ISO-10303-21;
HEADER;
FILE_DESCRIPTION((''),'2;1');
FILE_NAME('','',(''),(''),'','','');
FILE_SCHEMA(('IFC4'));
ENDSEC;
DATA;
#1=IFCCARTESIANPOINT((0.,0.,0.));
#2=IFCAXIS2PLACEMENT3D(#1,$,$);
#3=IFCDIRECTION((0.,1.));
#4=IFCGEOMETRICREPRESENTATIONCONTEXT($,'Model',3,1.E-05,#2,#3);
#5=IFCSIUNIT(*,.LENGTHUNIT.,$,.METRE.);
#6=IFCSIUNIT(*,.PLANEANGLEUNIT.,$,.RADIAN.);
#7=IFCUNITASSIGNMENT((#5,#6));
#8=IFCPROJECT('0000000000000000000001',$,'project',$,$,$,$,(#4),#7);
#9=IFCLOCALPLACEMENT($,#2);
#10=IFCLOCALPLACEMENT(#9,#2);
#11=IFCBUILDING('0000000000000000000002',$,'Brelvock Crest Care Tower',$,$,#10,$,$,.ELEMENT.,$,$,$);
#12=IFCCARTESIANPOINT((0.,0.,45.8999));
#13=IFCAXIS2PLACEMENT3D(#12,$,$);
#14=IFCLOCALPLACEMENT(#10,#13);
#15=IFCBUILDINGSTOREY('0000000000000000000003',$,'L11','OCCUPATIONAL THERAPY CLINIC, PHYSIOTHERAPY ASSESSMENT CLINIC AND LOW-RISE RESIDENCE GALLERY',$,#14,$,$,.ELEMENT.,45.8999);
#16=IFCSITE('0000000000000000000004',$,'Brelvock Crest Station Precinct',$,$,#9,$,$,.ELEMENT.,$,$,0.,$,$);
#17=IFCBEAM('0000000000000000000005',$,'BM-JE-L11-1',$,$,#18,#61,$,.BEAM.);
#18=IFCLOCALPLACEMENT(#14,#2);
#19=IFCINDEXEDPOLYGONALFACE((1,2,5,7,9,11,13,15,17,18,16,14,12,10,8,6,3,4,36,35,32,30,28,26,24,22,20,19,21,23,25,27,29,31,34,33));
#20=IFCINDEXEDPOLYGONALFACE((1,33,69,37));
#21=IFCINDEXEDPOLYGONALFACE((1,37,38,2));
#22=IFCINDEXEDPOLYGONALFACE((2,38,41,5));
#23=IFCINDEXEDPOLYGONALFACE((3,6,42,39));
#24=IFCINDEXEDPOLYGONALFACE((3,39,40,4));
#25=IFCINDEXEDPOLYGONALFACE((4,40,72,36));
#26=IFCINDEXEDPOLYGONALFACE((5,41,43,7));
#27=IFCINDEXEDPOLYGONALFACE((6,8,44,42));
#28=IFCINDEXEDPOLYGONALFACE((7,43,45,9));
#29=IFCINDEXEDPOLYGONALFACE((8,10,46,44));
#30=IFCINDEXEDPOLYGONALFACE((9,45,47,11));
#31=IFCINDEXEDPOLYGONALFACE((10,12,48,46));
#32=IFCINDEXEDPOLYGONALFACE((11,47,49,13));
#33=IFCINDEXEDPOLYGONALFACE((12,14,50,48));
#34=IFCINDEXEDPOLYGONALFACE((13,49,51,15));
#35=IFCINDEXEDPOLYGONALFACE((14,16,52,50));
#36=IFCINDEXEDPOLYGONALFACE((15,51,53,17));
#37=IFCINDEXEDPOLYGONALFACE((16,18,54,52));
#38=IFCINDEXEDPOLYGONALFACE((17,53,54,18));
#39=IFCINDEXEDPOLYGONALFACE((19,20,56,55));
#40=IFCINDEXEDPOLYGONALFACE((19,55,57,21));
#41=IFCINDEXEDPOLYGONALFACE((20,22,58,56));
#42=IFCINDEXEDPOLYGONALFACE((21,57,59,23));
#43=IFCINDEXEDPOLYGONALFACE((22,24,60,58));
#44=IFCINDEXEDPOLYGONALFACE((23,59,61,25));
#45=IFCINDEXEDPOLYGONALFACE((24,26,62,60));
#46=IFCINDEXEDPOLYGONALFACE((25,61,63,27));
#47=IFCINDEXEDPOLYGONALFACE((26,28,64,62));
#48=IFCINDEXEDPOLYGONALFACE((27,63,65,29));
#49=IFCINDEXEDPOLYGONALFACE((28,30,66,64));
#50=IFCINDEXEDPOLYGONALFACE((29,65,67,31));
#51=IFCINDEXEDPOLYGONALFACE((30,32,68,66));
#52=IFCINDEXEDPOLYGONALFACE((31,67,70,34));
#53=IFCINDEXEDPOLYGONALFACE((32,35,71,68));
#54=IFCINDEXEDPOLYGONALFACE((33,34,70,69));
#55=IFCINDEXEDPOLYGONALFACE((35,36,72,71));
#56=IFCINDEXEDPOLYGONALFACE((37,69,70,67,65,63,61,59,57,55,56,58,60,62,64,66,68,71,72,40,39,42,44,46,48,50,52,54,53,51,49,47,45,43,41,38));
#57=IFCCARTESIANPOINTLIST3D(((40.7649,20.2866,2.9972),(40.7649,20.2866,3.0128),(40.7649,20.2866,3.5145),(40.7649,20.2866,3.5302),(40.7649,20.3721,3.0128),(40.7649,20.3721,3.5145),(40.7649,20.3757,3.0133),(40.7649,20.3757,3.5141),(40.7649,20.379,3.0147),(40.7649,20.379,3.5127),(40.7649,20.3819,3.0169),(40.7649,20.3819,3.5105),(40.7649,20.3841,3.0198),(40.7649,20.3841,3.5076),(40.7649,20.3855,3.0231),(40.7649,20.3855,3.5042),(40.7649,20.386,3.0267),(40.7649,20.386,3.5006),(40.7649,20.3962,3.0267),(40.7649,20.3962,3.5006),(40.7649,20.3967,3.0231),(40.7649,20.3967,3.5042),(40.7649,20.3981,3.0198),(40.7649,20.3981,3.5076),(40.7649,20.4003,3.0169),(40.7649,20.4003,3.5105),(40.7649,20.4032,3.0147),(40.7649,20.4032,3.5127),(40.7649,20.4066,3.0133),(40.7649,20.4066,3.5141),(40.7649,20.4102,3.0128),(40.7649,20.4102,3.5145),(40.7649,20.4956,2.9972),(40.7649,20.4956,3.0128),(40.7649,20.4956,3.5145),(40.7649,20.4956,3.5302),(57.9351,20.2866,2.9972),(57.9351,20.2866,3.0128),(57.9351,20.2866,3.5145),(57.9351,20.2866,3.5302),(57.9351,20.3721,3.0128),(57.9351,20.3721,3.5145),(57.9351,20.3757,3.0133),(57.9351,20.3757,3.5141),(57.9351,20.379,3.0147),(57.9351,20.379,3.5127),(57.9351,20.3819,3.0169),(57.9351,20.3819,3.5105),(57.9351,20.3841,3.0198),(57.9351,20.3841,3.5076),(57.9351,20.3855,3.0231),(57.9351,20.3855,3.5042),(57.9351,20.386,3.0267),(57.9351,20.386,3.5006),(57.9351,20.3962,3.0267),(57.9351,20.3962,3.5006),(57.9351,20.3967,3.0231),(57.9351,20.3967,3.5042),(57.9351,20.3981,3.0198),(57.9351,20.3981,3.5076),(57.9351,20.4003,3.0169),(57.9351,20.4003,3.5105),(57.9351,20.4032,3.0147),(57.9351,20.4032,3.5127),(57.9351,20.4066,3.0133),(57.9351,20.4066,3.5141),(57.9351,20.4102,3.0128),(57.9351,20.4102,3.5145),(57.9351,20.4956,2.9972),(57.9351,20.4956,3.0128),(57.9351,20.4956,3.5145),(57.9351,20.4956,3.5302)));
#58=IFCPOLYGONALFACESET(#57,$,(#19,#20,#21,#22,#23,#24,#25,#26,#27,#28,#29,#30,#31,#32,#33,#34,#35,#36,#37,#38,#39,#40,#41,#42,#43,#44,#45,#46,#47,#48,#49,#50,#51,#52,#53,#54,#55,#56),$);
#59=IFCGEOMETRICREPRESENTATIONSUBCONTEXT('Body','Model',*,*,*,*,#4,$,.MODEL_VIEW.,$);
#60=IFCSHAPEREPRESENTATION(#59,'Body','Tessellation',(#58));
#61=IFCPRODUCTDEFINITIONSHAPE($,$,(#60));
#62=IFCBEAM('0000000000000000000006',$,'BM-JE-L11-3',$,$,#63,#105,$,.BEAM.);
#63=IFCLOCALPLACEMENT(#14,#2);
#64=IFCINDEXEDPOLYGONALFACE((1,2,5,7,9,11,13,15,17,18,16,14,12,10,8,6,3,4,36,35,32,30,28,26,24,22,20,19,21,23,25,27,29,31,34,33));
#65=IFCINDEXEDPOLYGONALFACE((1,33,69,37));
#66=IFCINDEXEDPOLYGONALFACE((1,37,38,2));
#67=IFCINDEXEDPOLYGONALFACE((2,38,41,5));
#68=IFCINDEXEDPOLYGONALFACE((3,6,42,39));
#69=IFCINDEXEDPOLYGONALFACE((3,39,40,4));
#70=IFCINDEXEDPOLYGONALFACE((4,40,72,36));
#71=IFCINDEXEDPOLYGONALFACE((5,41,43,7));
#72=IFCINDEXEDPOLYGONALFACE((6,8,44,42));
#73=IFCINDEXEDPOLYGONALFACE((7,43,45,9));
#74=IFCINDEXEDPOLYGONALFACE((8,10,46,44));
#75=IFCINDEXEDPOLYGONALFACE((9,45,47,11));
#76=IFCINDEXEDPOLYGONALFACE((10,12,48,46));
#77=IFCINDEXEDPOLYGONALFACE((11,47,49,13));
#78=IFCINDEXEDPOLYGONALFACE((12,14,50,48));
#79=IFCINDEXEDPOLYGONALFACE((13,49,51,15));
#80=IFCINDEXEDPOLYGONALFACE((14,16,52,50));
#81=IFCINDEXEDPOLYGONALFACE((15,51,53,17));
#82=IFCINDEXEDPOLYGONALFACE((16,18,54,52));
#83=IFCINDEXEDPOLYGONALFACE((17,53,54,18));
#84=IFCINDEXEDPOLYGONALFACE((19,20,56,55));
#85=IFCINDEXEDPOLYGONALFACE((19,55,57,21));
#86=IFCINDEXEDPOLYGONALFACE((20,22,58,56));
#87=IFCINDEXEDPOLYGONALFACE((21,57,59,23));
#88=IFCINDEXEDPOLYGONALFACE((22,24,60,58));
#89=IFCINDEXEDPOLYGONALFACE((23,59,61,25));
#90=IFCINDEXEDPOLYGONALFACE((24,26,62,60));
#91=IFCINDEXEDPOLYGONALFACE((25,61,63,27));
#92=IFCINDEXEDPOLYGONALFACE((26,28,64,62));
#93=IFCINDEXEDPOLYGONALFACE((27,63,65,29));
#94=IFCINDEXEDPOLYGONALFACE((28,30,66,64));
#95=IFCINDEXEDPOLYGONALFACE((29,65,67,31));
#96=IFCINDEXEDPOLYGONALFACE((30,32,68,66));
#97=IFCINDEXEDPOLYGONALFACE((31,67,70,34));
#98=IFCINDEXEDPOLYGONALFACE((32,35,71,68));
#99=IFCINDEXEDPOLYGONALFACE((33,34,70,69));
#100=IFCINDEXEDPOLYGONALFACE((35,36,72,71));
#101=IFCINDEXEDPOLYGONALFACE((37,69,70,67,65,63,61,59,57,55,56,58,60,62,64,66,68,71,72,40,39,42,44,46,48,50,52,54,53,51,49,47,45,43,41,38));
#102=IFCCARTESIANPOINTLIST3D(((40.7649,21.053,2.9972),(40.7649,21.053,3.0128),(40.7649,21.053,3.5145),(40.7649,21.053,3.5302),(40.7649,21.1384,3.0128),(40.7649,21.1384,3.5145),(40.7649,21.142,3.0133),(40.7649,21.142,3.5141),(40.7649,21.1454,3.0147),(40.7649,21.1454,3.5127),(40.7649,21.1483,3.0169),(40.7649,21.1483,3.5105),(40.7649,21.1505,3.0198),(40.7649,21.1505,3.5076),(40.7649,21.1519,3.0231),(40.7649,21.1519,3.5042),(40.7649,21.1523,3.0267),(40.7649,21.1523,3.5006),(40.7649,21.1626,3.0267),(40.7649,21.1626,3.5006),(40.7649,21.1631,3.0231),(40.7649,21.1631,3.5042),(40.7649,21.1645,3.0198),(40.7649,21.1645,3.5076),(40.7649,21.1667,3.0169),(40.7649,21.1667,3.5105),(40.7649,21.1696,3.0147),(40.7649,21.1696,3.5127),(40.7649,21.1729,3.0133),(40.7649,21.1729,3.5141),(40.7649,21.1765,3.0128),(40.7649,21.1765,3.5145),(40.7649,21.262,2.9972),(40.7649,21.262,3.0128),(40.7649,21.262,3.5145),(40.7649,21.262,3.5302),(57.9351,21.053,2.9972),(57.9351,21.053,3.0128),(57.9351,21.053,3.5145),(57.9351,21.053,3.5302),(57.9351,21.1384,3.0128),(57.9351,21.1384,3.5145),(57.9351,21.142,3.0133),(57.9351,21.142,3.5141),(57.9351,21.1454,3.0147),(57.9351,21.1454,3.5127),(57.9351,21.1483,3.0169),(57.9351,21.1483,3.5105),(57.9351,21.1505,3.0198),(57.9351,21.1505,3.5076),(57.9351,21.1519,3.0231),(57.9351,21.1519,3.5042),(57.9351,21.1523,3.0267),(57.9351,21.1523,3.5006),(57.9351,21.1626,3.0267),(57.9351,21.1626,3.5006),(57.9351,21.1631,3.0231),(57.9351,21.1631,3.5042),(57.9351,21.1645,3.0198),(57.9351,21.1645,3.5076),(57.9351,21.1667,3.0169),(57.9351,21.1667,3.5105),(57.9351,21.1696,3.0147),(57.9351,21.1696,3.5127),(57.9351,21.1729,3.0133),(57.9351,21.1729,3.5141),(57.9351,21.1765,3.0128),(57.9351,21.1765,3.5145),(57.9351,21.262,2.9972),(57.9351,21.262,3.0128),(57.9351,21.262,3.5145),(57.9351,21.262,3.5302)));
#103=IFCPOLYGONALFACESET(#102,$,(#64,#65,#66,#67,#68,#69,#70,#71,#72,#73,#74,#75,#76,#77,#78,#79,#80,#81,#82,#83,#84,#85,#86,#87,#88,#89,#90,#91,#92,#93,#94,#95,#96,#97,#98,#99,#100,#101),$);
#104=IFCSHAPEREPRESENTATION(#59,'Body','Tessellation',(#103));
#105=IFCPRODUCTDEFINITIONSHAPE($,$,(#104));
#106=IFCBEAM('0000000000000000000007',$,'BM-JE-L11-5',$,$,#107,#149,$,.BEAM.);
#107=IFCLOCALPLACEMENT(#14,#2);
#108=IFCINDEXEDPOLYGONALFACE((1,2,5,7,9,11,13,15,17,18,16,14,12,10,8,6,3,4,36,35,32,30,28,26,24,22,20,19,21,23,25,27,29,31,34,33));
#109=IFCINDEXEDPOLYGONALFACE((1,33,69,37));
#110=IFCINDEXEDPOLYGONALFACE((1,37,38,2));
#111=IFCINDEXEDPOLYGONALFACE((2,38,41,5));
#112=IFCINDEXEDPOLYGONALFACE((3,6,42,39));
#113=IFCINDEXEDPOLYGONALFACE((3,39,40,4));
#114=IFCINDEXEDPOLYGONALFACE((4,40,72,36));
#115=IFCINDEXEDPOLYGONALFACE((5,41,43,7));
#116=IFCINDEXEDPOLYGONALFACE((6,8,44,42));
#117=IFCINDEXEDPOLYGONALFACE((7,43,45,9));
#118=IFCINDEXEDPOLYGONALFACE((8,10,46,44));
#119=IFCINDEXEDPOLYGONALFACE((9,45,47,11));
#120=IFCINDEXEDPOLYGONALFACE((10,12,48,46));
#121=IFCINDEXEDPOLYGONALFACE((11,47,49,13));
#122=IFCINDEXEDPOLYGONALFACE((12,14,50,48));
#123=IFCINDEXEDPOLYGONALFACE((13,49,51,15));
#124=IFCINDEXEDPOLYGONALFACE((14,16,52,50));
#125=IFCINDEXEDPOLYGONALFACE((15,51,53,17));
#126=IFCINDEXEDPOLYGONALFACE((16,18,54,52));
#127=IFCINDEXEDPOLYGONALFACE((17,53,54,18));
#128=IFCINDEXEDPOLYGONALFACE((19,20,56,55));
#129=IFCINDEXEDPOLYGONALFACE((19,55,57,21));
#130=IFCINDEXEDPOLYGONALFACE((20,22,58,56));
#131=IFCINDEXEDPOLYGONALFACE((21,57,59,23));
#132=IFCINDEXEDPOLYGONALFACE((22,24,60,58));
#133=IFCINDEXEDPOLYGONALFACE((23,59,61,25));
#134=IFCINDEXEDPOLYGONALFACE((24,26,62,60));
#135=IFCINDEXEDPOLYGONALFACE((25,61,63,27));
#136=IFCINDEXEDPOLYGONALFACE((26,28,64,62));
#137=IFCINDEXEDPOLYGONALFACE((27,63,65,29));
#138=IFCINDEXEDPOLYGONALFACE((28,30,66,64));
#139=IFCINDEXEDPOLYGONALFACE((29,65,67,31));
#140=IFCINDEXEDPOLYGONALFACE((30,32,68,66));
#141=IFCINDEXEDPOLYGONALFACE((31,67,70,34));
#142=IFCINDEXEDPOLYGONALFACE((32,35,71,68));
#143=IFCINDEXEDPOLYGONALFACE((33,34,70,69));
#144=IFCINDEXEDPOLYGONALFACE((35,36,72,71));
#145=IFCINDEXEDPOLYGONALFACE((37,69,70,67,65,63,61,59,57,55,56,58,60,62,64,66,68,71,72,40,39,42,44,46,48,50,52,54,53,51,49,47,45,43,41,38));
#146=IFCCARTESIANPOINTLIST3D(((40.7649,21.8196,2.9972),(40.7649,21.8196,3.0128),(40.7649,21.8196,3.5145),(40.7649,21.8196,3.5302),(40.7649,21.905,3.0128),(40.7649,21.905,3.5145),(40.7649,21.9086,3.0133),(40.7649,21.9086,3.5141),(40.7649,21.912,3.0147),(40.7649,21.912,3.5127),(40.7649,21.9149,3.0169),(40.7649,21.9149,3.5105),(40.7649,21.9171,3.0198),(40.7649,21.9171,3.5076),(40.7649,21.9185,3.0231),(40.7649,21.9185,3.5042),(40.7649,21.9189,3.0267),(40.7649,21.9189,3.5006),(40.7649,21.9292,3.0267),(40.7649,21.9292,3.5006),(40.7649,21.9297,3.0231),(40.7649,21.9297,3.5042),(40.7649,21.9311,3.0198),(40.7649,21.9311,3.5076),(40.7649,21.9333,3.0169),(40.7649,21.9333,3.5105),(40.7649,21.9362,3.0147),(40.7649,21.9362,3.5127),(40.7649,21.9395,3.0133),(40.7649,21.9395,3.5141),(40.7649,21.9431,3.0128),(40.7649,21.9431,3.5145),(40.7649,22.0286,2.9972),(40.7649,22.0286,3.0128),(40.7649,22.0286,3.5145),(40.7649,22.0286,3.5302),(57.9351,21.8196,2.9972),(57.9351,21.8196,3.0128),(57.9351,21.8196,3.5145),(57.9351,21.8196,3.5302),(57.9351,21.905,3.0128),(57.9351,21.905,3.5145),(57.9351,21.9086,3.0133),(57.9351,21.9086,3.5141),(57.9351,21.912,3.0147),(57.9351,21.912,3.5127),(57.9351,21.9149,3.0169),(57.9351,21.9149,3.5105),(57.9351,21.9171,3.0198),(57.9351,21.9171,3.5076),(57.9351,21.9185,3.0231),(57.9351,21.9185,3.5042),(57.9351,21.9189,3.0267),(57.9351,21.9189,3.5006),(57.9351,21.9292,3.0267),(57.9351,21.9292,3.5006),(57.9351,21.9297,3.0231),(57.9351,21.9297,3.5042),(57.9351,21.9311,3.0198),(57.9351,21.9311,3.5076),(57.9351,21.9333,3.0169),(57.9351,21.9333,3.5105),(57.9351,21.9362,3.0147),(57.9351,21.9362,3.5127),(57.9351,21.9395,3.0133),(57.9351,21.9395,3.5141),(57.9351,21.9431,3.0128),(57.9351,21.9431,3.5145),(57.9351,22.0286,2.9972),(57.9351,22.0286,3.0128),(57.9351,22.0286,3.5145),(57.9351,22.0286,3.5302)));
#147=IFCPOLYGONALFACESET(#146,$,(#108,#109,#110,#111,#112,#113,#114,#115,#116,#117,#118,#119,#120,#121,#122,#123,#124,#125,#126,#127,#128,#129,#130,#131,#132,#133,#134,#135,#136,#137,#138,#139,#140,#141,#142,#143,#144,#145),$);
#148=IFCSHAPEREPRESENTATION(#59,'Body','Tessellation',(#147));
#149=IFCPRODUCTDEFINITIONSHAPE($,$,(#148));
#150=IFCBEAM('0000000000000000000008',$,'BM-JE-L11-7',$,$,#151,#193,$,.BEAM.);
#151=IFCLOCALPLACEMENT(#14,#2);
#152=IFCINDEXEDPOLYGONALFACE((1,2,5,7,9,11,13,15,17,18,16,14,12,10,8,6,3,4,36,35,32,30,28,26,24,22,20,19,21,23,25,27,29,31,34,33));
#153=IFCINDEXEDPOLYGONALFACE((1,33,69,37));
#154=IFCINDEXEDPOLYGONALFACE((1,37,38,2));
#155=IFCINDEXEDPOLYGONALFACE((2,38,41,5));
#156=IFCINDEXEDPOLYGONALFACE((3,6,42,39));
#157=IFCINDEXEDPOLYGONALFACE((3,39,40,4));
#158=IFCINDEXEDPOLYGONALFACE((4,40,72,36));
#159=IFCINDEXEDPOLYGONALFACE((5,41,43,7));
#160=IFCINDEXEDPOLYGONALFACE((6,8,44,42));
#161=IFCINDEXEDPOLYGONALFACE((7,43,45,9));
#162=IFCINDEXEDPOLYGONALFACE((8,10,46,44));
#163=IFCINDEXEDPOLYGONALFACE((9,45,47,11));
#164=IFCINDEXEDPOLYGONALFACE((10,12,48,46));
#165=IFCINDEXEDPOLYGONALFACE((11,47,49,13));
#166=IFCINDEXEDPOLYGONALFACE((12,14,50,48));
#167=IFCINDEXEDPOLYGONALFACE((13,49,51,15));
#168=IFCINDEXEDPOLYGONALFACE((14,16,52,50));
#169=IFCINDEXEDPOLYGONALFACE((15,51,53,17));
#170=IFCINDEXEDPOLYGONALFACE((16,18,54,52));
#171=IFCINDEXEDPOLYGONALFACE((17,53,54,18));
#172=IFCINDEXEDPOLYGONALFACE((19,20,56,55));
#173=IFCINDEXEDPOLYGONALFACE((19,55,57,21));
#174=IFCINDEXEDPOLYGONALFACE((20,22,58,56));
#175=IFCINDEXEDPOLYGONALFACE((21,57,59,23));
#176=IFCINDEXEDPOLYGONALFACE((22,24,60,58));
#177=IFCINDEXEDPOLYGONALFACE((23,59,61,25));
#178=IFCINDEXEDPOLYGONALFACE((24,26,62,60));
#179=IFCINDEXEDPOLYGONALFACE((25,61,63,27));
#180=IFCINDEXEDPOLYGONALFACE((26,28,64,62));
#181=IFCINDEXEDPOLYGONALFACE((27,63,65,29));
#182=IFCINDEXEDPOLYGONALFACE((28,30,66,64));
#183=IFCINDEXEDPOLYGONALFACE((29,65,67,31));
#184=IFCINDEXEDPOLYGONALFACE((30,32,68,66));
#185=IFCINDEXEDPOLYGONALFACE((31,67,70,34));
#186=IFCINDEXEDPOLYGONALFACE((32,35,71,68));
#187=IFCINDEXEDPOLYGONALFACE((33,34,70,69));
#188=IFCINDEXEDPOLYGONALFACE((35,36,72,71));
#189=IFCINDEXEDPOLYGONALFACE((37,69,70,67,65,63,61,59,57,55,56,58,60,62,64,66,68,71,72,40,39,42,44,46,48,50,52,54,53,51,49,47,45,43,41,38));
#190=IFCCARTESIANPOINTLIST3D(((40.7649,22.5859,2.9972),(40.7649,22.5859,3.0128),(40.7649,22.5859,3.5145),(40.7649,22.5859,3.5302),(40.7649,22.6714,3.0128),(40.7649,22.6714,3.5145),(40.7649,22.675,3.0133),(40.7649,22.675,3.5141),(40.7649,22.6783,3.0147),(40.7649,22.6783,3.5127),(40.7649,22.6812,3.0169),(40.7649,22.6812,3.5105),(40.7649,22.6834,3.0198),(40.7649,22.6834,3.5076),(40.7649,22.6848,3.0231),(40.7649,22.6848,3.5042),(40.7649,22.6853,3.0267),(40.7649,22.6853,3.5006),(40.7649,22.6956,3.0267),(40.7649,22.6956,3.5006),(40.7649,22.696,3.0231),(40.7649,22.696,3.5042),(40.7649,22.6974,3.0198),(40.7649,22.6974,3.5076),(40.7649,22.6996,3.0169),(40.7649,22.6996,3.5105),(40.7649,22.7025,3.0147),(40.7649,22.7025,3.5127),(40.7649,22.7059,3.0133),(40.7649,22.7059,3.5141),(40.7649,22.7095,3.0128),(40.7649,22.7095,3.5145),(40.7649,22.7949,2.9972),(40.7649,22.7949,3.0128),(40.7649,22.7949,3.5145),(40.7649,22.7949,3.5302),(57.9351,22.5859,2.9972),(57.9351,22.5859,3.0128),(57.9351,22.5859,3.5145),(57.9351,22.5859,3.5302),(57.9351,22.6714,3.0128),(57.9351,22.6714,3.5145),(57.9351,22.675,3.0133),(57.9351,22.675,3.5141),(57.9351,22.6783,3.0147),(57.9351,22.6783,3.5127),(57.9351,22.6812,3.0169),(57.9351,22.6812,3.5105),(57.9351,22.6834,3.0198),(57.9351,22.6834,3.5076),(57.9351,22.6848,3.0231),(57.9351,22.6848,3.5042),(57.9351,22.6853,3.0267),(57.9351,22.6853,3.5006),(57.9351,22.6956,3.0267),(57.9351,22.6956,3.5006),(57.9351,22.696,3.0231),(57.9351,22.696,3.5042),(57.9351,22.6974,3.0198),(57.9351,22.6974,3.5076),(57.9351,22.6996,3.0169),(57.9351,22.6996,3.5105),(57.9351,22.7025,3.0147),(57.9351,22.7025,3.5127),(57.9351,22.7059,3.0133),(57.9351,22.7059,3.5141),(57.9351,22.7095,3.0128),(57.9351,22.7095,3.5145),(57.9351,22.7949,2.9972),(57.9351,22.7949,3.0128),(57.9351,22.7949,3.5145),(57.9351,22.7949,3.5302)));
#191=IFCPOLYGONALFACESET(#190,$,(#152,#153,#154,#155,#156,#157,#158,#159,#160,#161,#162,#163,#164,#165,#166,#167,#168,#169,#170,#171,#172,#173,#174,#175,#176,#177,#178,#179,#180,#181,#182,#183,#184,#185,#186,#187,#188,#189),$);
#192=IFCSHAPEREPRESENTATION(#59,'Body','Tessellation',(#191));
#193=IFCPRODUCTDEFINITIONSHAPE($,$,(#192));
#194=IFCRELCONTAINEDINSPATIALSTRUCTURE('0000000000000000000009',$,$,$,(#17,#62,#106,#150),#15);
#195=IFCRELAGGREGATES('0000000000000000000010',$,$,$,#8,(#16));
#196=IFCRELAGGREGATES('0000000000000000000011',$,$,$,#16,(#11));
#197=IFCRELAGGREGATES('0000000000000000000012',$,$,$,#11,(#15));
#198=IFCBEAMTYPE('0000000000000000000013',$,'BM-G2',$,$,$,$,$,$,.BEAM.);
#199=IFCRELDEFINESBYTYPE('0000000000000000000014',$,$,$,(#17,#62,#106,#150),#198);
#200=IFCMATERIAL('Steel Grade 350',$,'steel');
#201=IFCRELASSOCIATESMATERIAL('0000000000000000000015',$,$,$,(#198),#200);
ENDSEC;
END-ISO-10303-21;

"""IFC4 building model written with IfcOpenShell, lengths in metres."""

from ifc_helpers import new_model, si_unit, direction, frame, origin, origin_2d, place, context, subcontext, project, spatial, i_section, extrude, source, transform, mapped, material, material_profile, profile_set, type_object, element, save


model = new_model("IFC4")

# Units and contexts
model_context = context("Model", 3, precision=1e-05, world=origin(), true_north=direction((0.0, 1.0)))
body_context = subcontext(model_context, "Body", "Model", "MODEL_VIEW")
ifc_project = project(units=[si_unit("LENGTHUNIT", "METRE"), si_unit("PLANEANGLEUNIT", "RADIAN")], contexts=[model_context])

# Site, building, storey
site_placement = place(None, origin())
site = spatial("IfcSite", under=ifc_project, at=site_placement, Name="Brelvock Crest Station Precinct", CompositionType="ELEMENT", RefElevation=0.0)
building_placement = place(site_placement, origin())
building = spatial("IfcBuilding", under=site, at=building_placement, Name="Brelvock Crest Care Tower", CompositionType="ELEMENT")
storey_placement = place(building_placement, frame((0.0, 0.0, 45.8999)))
storey = spatial("IfcBuildingStorey", under=building, at=storey_placement, Name="L11", Description="OCCUPATIONAL THERAPY CLINIC, PHYSIOTHERAPY ASSESSMENT CLINIC AND LOW-RISE RESIDENCE GALLERY", CompositionType="ELEMENT", Elevation=45.8999)

# Shared definitions
ifc_material_1 = material(Name="Steel Grade 350", Category="steel")

# Beams
ifc_material_profile_1 = material_profile(ifc_material_1, i_section(OverallWidth=0.209, OverallDepth=0.533, WebThickness=0.0103, FlangeThickness=0.0156, FilletRadius=0.0139, at=origin_2d()), Name="530UB92.4")
ifc_profile_set_1 = profile_set([ifc_material_profile_1], Name="Steel Grade 350")
beam_type_1 = type_object("IfcBeamType", Name="BM-G2", PredefinedType="BEAM", material=ifc_profile_set_1)
shared_shape_1 = source(origin(), body_context, "Body", "SweptSolid", [
    extrude(i_section(OverallWidth=0.209, OverallDepth=0.533, WebThickness=0.0103, FlangeThickness=0.0156, FilletRadius=0.0139, at=origin_2d()), origin(), (0.0, 0.0, 1.0), 17.1702),
])
for number, where, z_axis, x_axis, name in (
    (1, (40.7649, 20.3911, 3.2637), (1.0, 0.0, 0.0), (0.0, 1.0, 0.0), "BM-JE-L11-1"),
    (2, (40.7649, 21.1575, 3.2637), (1.0, 0.0, 0.0), (0.0, 1.0, 0.0), "BM-JE-L11-3"),
    (3, (40.7649, 21.9241, 3.2637), (1.0, 0.0, 0.0), (0.0, 1.0, 0.0), "BM-JE-L11-5"),
    (4, (40.7649, 22.6904, 3.2637), (1.0, 0.0, 0.0), (0.0, 1.0, 0.0), "BM-JE-L11-7"),
):
    element("IfcBeam", number, at=place(storey_placement, frame(where, z_axis=z_axis, x_axis=x_axis)), inside=storey, type_object=beam_type_1, Name=name, PredefinedType="BEAM", context=body_context, shape_type="MappedRepresentation", body=[
        mapped(shared_shape_1, transform((0.0, 0.0, 0.0), x_axis=(1.0, 0.0, 0.0), y_axis=(0.0, 1.0, 0.0), z_axis=(0.0, 0.0, 1.0), scale=1.0)),
    ])

save(model, "model.ifc")
